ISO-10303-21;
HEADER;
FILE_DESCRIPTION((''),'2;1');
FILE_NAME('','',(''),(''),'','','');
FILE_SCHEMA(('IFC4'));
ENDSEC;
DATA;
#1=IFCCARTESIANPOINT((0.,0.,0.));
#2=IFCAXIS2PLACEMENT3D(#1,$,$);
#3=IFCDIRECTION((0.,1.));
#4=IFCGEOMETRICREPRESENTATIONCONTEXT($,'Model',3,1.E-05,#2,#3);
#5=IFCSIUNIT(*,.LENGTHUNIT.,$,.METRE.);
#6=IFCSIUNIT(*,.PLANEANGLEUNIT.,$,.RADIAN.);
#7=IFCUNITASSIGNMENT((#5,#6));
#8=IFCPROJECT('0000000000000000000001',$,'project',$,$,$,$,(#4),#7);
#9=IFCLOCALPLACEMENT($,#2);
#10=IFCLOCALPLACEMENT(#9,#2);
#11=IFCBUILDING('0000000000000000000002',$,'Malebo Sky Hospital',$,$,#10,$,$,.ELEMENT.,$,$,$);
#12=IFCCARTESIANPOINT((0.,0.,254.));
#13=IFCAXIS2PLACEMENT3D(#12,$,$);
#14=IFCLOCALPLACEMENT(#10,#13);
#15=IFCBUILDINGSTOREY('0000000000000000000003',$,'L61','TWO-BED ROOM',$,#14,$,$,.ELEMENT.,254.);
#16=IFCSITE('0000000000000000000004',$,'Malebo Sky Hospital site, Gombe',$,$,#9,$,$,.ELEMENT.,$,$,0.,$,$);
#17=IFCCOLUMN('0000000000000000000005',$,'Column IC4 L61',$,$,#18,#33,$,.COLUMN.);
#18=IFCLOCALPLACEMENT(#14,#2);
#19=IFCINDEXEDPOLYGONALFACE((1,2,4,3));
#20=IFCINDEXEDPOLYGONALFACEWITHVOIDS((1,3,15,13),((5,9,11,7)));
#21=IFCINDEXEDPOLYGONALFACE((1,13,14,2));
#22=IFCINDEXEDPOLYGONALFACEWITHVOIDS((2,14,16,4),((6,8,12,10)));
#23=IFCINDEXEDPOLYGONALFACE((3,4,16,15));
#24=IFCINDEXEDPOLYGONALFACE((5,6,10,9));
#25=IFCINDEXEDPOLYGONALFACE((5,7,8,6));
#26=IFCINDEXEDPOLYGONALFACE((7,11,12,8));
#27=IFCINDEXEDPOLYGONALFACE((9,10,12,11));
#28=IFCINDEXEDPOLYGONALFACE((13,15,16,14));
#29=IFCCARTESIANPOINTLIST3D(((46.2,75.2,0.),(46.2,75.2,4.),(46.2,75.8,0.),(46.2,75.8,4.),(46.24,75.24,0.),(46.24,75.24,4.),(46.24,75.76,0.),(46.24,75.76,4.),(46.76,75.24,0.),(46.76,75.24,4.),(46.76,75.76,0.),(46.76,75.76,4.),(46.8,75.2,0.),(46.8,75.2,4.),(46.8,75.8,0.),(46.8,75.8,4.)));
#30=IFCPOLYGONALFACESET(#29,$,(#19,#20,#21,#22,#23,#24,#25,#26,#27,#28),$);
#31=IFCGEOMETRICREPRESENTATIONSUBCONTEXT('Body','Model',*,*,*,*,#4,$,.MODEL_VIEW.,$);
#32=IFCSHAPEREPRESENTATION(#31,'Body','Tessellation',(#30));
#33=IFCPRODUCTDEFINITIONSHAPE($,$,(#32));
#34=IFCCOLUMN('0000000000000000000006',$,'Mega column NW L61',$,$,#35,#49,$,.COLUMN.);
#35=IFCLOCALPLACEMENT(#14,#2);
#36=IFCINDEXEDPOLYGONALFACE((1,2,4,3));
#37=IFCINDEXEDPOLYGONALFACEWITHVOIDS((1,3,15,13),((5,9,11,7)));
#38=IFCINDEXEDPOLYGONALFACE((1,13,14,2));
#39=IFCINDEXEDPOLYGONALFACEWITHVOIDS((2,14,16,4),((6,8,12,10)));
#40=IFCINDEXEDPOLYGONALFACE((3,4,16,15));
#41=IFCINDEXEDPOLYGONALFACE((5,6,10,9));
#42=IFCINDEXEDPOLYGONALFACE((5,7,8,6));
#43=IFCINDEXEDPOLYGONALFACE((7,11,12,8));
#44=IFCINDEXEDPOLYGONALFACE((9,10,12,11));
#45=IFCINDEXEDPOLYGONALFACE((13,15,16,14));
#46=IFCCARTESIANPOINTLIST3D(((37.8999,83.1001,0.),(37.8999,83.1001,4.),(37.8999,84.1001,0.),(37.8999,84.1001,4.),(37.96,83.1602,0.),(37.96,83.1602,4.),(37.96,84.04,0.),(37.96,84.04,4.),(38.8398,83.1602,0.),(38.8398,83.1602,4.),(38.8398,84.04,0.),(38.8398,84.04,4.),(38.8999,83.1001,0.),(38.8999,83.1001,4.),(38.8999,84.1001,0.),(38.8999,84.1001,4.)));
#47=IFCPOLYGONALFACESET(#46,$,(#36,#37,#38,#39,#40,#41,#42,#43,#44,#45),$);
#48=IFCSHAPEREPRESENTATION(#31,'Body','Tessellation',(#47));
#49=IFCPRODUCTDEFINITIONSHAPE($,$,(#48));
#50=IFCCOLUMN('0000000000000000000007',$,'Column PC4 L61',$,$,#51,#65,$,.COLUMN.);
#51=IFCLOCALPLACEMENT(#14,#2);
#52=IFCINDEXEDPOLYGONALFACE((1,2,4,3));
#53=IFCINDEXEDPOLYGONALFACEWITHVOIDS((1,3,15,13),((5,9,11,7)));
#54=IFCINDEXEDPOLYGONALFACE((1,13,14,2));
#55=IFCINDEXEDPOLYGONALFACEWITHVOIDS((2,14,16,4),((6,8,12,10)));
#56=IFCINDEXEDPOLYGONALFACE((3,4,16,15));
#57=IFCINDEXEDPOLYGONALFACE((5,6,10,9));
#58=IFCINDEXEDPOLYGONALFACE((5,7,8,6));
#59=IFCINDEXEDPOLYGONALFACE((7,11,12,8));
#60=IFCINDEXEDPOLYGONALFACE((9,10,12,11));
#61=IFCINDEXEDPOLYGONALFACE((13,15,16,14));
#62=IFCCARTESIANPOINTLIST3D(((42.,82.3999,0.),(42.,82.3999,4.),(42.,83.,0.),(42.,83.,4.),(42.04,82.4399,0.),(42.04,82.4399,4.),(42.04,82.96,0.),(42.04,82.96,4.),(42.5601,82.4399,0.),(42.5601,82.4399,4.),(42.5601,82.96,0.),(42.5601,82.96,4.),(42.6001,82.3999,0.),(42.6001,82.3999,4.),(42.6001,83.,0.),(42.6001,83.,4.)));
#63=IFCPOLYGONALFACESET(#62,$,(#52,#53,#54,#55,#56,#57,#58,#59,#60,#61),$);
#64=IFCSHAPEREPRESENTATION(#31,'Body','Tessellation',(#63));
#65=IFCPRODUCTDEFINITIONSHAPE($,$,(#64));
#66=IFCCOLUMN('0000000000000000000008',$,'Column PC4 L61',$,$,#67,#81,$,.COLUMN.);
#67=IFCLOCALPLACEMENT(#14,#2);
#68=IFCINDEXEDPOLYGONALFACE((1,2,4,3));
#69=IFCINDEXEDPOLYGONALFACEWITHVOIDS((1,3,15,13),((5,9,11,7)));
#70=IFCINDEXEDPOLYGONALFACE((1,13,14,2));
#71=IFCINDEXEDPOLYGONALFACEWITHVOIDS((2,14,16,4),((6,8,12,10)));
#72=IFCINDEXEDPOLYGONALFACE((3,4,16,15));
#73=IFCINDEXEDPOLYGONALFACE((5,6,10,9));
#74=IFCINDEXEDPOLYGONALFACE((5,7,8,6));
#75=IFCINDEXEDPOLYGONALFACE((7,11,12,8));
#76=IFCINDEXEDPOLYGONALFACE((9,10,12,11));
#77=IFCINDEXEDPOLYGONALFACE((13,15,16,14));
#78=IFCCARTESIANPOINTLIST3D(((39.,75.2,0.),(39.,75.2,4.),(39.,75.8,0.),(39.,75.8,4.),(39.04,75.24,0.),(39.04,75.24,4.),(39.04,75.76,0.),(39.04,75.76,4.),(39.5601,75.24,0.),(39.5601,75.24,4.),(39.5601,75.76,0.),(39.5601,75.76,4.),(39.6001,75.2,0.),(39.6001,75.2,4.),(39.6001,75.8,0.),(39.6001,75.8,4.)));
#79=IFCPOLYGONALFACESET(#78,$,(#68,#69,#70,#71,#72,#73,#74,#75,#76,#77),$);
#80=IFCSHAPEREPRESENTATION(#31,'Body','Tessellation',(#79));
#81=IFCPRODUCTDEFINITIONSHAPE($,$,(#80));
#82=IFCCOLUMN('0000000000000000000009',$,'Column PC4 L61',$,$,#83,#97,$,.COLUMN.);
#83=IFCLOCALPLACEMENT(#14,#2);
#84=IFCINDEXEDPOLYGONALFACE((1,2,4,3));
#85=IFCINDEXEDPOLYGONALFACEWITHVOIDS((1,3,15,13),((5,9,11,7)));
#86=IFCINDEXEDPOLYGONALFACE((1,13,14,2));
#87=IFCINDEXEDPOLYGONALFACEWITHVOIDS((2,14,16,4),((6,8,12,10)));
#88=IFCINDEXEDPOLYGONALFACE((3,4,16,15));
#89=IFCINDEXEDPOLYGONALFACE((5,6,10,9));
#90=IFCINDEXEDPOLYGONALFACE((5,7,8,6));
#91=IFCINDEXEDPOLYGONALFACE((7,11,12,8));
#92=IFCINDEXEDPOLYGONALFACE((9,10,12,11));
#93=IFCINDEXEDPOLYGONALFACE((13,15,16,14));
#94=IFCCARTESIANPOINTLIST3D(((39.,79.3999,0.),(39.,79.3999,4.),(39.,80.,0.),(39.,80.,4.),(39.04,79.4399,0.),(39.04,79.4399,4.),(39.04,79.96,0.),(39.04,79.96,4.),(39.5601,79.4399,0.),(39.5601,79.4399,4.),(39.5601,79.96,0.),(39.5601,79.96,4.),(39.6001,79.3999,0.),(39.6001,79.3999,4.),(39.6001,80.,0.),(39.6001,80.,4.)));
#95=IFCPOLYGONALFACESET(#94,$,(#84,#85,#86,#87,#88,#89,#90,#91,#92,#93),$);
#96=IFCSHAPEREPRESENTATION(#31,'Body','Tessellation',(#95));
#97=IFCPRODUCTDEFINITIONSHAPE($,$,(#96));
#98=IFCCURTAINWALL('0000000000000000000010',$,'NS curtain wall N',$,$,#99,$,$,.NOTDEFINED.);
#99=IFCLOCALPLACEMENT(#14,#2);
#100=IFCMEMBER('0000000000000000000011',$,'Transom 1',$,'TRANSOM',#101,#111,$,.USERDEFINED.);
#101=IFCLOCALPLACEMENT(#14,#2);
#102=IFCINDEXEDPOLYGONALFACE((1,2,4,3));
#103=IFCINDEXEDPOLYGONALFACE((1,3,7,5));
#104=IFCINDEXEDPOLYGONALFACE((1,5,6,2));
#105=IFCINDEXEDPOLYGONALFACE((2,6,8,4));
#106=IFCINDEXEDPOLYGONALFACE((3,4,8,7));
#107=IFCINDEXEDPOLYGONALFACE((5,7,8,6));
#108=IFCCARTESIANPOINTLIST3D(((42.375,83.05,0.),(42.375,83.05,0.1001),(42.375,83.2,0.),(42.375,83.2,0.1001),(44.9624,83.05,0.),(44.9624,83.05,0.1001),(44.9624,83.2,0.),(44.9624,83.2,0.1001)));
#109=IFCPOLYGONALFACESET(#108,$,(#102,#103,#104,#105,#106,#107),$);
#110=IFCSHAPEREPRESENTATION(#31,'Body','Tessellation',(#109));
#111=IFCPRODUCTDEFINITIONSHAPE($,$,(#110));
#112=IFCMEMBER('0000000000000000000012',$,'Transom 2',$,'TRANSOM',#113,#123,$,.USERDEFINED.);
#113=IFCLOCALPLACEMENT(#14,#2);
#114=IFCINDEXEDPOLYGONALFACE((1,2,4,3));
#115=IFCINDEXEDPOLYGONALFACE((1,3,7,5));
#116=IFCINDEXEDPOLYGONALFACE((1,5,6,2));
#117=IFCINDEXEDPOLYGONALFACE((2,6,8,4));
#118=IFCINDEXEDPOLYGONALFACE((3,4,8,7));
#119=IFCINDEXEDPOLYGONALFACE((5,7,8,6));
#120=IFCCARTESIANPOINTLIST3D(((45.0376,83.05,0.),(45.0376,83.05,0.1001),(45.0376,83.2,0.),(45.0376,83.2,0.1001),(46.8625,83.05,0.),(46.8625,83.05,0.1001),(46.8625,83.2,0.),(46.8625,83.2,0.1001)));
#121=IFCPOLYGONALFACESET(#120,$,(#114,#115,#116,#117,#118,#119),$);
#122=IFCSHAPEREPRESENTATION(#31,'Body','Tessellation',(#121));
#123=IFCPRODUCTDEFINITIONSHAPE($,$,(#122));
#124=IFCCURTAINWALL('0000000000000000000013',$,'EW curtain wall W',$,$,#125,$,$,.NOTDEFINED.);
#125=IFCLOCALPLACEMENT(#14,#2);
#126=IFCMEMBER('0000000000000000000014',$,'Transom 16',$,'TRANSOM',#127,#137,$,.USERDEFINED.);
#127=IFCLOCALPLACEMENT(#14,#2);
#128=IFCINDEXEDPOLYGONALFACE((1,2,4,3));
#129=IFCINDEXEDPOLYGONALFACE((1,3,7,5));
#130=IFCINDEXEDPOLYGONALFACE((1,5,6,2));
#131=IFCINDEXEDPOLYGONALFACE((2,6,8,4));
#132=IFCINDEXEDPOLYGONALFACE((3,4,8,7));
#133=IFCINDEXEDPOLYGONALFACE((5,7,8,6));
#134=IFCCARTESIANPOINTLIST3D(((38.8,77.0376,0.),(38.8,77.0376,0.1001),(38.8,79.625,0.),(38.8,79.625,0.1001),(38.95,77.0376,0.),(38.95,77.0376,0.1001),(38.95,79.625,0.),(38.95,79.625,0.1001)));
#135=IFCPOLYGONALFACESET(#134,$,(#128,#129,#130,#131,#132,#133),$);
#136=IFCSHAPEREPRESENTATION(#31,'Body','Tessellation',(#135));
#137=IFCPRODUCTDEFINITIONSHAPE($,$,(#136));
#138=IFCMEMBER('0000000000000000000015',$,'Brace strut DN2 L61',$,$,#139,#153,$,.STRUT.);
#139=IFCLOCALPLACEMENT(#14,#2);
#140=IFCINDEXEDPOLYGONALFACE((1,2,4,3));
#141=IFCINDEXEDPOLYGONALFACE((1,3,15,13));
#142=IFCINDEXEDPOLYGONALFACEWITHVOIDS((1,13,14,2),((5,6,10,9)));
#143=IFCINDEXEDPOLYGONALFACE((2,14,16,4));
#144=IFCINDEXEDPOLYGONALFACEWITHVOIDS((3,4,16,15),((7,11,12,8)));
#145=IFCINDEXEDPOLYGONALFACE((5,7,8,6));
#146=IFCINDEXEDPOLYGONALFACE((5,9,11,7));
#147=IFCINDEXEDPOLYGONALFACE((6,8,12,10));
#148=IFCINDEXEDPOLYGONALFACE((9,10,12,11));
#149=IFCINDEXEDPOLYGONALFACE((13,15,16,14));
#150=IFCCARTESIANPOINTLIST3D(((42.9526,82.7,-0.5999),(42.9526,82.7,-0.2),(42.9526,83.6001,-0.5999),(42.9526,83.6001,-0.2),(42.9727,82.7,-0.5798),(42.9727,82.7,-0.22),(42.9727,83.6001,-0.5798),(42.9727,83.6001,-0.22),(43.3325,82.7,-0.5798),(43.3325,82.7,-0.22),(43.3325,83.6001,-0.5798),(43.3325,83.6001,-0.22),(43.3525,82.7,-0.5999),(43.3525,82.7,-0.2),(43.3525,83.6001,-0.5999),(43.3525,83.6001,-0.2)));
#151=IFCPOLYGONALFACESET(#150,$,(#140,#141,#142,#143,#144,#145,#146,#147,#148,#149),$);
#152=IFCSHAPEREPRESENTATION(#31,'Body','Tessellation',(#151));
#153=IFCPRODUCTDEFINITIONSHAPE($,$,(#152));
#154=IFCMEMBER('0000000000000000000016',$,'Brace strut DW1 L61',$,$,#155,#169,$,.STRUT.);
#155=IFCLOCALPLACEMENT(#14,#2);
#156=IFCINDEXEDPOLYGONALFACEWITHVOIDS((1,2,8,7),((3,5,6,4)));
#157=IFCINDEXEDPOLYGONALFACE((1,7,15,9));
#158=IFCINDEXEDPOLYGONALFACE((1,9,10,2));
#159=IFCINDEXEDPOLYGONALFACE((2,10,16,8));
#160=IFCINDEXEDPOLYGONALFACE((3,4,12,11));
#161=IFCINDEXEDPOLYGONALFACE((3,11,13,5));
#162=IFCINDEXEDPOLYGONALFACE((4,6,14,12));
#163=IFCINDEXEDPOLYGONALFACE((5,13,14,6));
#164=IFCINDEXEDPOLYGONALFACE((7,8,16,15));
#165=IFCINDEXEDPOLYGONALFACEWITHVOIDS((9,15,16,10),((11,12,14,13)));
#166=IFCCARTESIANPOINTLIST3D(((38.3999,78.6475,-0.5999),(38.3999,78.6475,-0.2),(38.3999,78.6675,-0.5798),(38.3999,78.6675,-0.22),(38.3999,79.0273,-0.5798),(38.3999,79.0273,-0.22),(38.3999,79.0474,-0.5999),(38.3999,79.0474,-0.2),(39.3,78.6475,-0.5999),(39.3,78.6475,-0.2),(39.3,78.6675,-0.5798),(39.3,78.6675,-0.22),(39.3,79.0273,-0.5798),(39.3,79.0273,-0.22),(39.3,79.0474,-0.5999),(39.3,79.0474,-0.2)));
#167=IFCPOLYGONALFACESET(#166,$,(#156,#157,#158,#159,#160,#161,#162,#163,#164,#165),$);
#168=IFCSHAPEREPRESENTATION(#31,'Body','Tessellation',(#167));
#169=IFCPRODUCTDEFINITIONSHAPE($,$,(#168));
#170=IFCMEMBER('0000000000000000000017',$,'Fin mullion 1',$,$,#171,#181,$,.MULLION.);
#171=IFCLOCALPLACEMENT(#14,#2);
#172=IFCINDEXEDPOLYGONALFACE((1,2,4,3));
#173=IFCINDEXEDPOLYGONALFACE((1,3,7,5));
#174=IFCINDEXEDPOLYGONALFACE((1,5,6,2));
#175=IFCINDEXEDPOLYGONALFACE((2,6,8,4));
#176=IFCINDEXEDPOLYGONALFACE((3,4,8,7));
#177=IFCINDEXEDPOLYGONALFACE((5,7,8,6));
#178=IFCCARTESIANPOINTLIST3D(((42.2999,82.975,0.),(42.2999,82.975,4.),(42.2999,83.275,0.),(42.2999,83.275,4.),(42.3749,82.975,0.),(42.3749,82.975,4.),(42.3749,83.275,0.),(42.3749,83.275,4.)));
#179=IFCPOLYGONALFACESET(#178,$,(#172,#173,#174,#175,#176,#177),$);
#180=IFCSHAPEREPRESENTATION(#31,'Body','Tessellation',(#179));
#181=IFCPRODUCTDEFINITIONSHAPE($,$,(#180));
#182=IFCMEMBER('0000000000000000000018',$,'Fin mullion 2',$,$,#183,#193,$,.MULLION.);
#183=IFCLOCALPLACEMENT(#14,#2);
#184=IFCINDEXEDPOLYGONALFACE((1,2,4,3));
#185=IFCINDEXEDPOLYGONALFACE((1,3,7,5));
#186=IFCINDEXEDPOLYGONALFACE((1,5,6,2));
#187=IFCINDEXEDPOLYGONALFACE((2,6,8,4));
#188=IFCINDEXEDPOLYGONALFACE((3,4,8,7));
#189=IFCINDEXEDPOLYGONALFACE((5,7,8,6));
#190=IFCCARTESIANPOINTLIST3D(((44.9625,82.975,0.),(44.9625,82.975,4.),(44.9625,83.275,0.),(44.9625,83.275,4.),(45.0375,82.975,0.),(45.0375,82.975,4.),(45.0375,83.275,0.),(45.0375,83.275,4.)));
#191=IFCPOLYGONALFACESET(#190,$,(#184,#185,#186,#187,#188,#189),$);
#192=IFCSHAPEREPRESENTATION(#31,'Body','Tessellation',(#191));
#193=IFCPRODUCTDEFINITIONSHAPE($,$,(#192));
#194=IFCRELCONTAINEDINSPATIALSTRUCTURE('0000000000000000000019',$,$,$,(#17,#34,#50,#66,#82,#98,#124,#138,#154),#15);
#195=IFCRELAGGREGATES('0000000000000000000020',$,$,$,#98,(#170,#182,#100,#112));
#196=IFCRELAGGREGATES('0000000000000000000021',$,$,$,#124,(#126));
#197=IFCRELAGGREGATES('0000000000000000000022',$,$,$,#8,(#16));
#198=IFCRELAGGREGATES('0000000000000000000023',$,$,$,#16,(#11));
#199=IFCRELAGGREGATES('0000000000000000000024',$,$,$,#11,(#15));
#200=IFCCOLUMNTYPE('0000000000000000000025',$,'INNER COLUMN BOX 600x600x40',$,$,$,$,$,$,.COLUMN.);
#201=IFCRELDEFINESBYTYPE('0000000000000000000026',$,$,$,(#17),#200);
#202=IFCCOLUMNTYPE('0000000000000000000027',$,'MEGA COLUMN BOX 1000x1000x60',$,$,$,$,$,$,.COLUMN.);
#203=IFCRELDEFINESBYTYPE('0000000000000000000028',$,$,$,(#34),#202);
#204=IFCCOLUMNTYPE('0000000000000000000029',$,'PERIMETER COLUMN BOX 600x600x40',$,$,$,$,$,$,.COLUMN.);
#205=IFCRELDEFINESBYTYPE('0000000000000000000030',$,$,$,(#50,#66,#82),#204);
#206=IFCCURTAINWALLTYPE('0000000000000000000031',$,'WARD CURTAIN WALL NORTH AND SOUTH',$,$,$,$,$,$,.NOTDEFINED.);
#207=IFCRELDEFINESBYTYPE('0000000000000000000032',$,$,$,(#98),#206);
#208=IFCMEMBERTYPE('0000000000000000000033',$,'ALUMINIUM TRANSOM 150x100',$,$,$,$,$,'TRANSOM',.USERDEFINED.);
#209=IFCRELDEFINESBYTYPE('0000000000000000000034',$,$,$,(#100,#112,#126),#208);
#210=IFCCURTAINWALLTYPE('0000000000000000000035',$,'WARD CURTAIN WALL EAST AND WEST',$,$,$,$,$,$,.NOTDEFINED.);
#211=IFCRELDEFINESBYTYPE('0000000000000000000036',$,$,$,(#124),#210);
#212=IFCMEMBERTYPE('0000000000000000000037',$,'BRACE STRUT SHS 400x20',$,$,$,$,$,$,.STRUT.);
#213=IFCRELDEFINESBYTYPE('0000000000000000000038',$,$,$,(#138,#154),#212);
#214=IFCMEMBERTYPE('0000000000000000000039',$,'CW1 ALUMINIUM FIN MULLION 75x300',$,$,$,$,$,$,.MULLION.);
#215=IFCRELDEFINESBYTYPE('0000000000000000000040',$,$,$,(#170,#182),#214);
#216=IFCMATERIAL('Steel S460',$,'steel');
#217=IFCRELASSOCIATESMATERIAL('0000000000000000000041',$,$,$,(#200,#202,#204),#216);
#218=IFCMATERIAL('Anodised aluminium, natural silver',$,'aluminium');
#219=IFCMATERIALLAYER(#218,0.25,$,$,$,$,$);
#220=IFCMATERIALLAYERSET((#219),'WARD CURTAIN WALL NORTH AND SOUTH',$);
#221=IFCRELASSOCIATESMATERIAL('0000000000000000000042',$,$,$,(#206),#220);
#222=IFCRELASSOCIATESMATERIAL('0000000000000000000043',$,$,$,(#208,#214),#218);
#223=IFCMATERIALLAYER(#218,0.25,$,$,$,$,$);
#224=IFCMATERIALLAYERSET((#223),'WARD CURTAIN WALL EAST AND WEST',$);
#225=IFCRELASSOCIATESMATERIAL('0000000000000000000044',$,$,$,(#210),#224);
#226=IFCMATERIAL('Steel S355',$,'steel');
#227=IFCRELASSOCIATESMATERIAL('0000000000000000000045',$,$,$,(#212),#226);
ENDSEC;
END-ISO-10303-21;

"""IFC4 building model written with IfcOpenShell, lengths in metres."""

from ifc_helpers import new_model, si_unit, direction, frame, origin, origin_2d, place, context, subcontext, project, spatial, rectangle, hollow_rectangle, extrude, material, layer, layer_set, material_profile, profile_set, type_object, element, aggregate, save


model = new_model("IFC4")

# Units and contexts
model_context = context("Model", 3, precision=1e-05, world=origin(), true_north=direction((0.0, 1.0)))
body_context = subcontext(model_context, "Body", "Model", "MODEL_VIEW")
ifc_project = project(units=[si_unit("LENGTHUNIT", "METRE"), si_unit("PLANEANGLEUNIT", "RADIAN")], contexts=[model_context])

# Site, building, storey
site_placement = place(None, origin())
site = spatial("IfcSite", under=ifc_project, at=site_placement, Name="Malebo Sky Hospital site, Gombe", CompositionType="ELEMENT", RefElevation=0.0)
building_placement = place(site_placement, origin())
building = spatial("IfcBuilding", under=site, at=building_placement, Name="Malebo Sky Hospital", CompositionType="ELEMENT")
storey_placement = place(building_placement, frame((0.0, 0.0, 254.0)))
storey = spatial("IfcBuildingStorey", under=building, at=storey_placement, Name="L61", Description="TWO-BED ROOM", CompositionType="ELEMENT", Elevation=254.0)

# Columns
ifc_material_1 = material(Name="Steel S460", Category="steel")
ifc_material_profile_1 = material_profile(ifc_material_1, hollow_rectangle(XDim=0.6001, YDim=0.6001, WallThickness=0.04, at=origin_2d()), Name="BOX 600x600x40")
ifc_profile_set_1 = profile_set([ifc_material_profile_1], Name="Steel S460")
column_type_1 = type_object("IfcColumnType", Name="INNER COLUMN BOX 600x600x40", PredefinedType="COLUMN", material=ifc_profile_set_1)
column_1_placement = place(storey_placement, frame((46.5, 75.5, 0.0), z_axis=(0.0, 0.0, 1.0), x_axis=(1.0, 0.0, 0.0)))
element("IfcColumn", 1, at=column_1_placement, inside=storey, type_object=column_type_1, Name="Column IC4 L61", PredefinedType="COLUMN", context=body_context, shape_type="SweptSolid", body=[
    extrude(hollow_rectangle(XDim=0.6001, YDim=0.6001, WallThickness=0.04, at=origin_2d()), origin(), (0.0, 0.0, 1.0), 4.0),
])
ifc_material_profile_2 = material_profile(ifc_material_1, hollow_rectangle(XDim=1.0, YDim=1.0, WallThickness=0.0601, at=origin_2d()), Name="BOX 1000x1000x60")
ifc_profile_set_2 = profile_set([ifc_material_profile_2], Name="Steel S460")
column_type_2 = type_object("IfcColumnType", Name="MEGA COLUMN BOX 1000x1000x60", PredefinedType="COLUMN", material=ifc_profile_set_2)
column_2_placement = place(storey_placement, frame((38.3999, 83.6001, 0.0), z_axis=(0.0, 0.0, 1.0), x_axis=(1.0, 0.0, 0.0)))
element("IfcColumn", 2, at=column_2_placement, inside=storey, type_object=column_type_2, Name="Mega column NW L61", PredefinedType="COLUMN", context=body_context, shape_type="SweptSolid", body=[
    extrude(hollow_rectangle(XDim=1.0, YDim=1.0, WallThickness=0.0601, at=origin_2d()), origin(), (0.0, 0.0, 1.0), 4.0),
])
ifc_material_profile_3 = material_profile(ifc_material_1, hollow_rectangle(XDim=0.6001, YDim=0.6001, WallThickness=0.04, at=origin_2d()), Name="BOX 600x600x40")
ifc_profile_set_3 = profile_set([ifc_material_profile_3], Name="Steel S460")
column_type_3 = type_object("IfcColumnType", Name="PERIMETER COLUMN BOX 600x600x40", PredefinedType="COLUMN", material=ifc_profile_set_3)
for number, where, z_axis, x_axis, name in (
    (3, (42.3, 82.7, 0.0), (0.0, 0.0, 1.0), (1.0, 0.0, 0.0), "Column PC4 L61"),
    (4, (39.3, 75.5, 0.0), (0.0, 0.0, 1.0), (1.0, 0.0, 0.0), "Column PC4 L61"),
    (5, (39.3, 79.7, 0.0), (0.0, 0.0, 1.0), (1.0, 0.0, 0.0), "Column PC4 L61"),
):
    element("IfcColumn", number, at=place(storey_placement, frame(where, z_axis=z_axis, x_axis=x_axis)), inside=storey, type_object=column_type_3, Name=name, PredefinedType="COLUMN", context=body_context, shape_type="SweptSolid", body=[
        extrude(hollow_rectangle(XDim=0.6001, YDim=0.6001, WallThickness=0.04, at=origin_2d()), origin(), (0.0, 0.0, 1.0), 4.0),
    ])

# Curtain wall, members
ifc_material_2 = material(Name="Anodised aluminium, natural silver", Category="aluminium")
ifc_layer_1 = layer(ifc_material_2, 0.25)
ifc_layer_set_1 = layer_set([ifc_layer_1], Name="WARD CURTAIN WALL NORTH AND SOUTH")
curtain_wall_type_1 = type_object("IfcCurtainWallType", Name="WARD CURTAIN WALL NORTH AND SOUTH", PredefinedType="NOTDEFINED", material=ifc_layer_set_1)
curtain_wall_1_placement = place(storey_placement, origin())
curtain_wall_1 = element("IfcCurtainWall", 6, at=curtain_wall_1_placement, inside=storey, type_object=curtain_wall_type_1, Name="NS curtain wall N", PredefinedType="NOTDEFINED")
ifc_material_profile_4 = material_profile(ifc_material_2, rectangle(XDim=0.1499, YDim=0.1001, at=origin_2d()), Name="ALUMINIUM TRANSOM 150x100")
ifc_profile_set_4 = profile_set([ifc_material_profile_4], Name="Anodised aluminium, natural silver")
member_type_1 = type_object("IfcMemberType", Name="ALUMINIUM TRANSOM 150x100", ElementType="TRANSOM", PredefinedType="USERDEFINED", material=ifc_profile_set_4)
member_1_placement = place(storey_placement, frame((42.375, 83.125, 0.05), z_axis=(1.0, 0.0, 0.0), x_axis=(0.0, 1.0, 0.0)))
member_1 = element("IfcMember", 7, at=member_1_placement, type_object=member_type_1, Name="Transom 1", ObjectType="TRANSOM", PredefinedType="USERDEFINED", context=body_context, shape_type="SweptSolid", body=[
    extrude(rectangle(XDim=0.1499, YDim=0.1001, at=origin_2d()), origin(), (0.0, 0.0, 1.0), 2.5874),
])
member_2_placement = place(storey_placement, frame((45.0376, 83.125, 0.05), z_axis=(1.0, 0.0, 0.0), x_axis=(0.0, 1.0, 0.0)))
member_2 = element("IfcMember", 8, at=member_2_placement, type_object=member_type_1, Name="Transom 2", ObjectType="TRANSOM", PredefinedType="USERDEFINED", context=body_context, shape_type="SweptSolid", body=[
    extrude(rectangle(XDim=0.1499, YDim=0.1001, at=origin_2d()), origin(), (0.0, 0.0, 1.0), 1.825),
])

# Curtain wall, member
ifc_layer_2 = layer(ifc_material_2, 0.25)
ifc_layer_set_2 = layer_set([ifc_layer_2], Name="WARD CURTAIN WALL EAST AND WEST")
curtain_wall_type_2 = type_object("IfcCurtainWallType", Name="WARD CURTAIN WALL EAST AND WEST", PredefinedType="NOTDEFINED", material=ifc_layer_set_2)
curtain_wall_2_placement = place(storey_placement, origin())
curtain_wall_2 = element("IfcCurtainWall", 9, at=curtain_wall_2_placement, inside=storey, type_object=curtain_wall_type_2, Name="EW curtain wall W", PredefinedType="NOTDEFINED")
member_3_placement = place(storey_placement, frame((38.875, 77.0376, 0.05), z_axis=(0.0, 1.0, 0.0), x_axis=(-1.0, 0.0, 0.0)))
member_3 = element("IfcMember", 10, at=member_3_placement, type_object=member_type_1, Name="Transom 16", ObjectType="TRANSOM", PredefinedType="USERDEFINED", context=body_context, shape_type="SweptSolid", body=[
    extrude(rectangle(XDim=0.1499, YDim=0.1001, at=origin_2d()), origin(), (0.0, 0.0, 1.0), 2.5874),
])

# Members
ifc_material_3 = material(Name="Steel S355", Category="steel")
ifc_material_profile_5 = material_profile(ifc_material_3, hollow_rectangle(XDim=0.3999, YDim=0.3999, WallThickness=0.02, at=origin_2d()), Name="SHS 400x20")
ifc_profile_set_5 = profile_set([ifc_material_profile_5], Name="Steel S355")
member_type_2 = type_object("IfcMemberType", Name="BRACE STRUT SHS 400x20", PredefinedType="STRUT", material=ifc_profile_set_5)
for number, where, z_axis, x_axis, name in (
    (11, (43.1526, 83.6001, -0.3999), (0.0, -1.0, 0.0), (1.0, 0.0, 0.0), "Brace strut DN2 L61"),
    (12, (38.3999, 78.8474, -0.3999), (1.0, 0.0, 0.0), (0.0, 1.0, 0.0), "Brace strut DW1 L61"),
):
    element("IfcMember", number, at=place(storey_placement, frame(where, z_axis=z_axis, x_axis=x_axis)), inside=storey, type_object=member_type_2, Name=name, PredefinedType="STRUT", context=body_context, shape_type="SweptSolid", body=[
        extrude(hollow_rectangle(XDim=0.3999, YDim=0.3999, WallThickness=0.02, at=origin_2d()), origin(), (0.0, 0.0, 1.0), 0.9001),
    ])

# Members
ifc_material_profile_6 = material_profile(ifc_material_2, rectangle(XDim=0.075, YDim=0.3, at=origin_2d()), Name="CW1 ALUMINIUM FIN MULLION 75x300")
ifc_profile_set_6 = profile_set([ifc_material_profile_6], Name="Anodised aluminium, natural silver")
member_type_3 = type_object("IfcMemberType", Name="CW1 ALUMINIUM FIN MULLION 75x300", PredefinedType="MULLION", material=ifc_profile_set_6)
member_4_placement = place(storey_placement, frame((42.3374, 83.125, 0.0), z_axis=(0.0, 0.0, 1.0), x_axis=(1.0, 0.0, 0.0)))
member_4 = element("IfcMember", 13, at=member_4_placement, type_object=member_type_3, Name="Fin mullion 1", PredefinedType="MULLION", context=body_context, shape_type="SweptSolid", body=[
    extrude(rectangle(XDim=0.075, YDim=0.3, at=origin_2d()), origin(), (0.0, 0.0, 1.0), 4.0),
])
member_5_placement = place(storey_placement, frame((45.0, 83.125, 0.0), z_axis=(0.0, 0.0, 1.0), x_axis=(1.0, 0.0, 0.0)))
member_5 = element("IfcMember", 14, at=member_5_placement, type_object=member_type_3, Name="Fin mullion 2", PredefinedType="MULLION", context=body_context, shape_type="SweptSolid", body=[
    extrude(rectangle(XDim=0.075, YDim=0.3, at=origin_2d()), origin(), (0.0, 0.0, 1.0), 4.0),
])

aggregate(curtain_wall_1, [member_4, member_5, member_1, member_2])
aggregate(curtain_wall_2, [member_3])

save(model, "model.ifc")
